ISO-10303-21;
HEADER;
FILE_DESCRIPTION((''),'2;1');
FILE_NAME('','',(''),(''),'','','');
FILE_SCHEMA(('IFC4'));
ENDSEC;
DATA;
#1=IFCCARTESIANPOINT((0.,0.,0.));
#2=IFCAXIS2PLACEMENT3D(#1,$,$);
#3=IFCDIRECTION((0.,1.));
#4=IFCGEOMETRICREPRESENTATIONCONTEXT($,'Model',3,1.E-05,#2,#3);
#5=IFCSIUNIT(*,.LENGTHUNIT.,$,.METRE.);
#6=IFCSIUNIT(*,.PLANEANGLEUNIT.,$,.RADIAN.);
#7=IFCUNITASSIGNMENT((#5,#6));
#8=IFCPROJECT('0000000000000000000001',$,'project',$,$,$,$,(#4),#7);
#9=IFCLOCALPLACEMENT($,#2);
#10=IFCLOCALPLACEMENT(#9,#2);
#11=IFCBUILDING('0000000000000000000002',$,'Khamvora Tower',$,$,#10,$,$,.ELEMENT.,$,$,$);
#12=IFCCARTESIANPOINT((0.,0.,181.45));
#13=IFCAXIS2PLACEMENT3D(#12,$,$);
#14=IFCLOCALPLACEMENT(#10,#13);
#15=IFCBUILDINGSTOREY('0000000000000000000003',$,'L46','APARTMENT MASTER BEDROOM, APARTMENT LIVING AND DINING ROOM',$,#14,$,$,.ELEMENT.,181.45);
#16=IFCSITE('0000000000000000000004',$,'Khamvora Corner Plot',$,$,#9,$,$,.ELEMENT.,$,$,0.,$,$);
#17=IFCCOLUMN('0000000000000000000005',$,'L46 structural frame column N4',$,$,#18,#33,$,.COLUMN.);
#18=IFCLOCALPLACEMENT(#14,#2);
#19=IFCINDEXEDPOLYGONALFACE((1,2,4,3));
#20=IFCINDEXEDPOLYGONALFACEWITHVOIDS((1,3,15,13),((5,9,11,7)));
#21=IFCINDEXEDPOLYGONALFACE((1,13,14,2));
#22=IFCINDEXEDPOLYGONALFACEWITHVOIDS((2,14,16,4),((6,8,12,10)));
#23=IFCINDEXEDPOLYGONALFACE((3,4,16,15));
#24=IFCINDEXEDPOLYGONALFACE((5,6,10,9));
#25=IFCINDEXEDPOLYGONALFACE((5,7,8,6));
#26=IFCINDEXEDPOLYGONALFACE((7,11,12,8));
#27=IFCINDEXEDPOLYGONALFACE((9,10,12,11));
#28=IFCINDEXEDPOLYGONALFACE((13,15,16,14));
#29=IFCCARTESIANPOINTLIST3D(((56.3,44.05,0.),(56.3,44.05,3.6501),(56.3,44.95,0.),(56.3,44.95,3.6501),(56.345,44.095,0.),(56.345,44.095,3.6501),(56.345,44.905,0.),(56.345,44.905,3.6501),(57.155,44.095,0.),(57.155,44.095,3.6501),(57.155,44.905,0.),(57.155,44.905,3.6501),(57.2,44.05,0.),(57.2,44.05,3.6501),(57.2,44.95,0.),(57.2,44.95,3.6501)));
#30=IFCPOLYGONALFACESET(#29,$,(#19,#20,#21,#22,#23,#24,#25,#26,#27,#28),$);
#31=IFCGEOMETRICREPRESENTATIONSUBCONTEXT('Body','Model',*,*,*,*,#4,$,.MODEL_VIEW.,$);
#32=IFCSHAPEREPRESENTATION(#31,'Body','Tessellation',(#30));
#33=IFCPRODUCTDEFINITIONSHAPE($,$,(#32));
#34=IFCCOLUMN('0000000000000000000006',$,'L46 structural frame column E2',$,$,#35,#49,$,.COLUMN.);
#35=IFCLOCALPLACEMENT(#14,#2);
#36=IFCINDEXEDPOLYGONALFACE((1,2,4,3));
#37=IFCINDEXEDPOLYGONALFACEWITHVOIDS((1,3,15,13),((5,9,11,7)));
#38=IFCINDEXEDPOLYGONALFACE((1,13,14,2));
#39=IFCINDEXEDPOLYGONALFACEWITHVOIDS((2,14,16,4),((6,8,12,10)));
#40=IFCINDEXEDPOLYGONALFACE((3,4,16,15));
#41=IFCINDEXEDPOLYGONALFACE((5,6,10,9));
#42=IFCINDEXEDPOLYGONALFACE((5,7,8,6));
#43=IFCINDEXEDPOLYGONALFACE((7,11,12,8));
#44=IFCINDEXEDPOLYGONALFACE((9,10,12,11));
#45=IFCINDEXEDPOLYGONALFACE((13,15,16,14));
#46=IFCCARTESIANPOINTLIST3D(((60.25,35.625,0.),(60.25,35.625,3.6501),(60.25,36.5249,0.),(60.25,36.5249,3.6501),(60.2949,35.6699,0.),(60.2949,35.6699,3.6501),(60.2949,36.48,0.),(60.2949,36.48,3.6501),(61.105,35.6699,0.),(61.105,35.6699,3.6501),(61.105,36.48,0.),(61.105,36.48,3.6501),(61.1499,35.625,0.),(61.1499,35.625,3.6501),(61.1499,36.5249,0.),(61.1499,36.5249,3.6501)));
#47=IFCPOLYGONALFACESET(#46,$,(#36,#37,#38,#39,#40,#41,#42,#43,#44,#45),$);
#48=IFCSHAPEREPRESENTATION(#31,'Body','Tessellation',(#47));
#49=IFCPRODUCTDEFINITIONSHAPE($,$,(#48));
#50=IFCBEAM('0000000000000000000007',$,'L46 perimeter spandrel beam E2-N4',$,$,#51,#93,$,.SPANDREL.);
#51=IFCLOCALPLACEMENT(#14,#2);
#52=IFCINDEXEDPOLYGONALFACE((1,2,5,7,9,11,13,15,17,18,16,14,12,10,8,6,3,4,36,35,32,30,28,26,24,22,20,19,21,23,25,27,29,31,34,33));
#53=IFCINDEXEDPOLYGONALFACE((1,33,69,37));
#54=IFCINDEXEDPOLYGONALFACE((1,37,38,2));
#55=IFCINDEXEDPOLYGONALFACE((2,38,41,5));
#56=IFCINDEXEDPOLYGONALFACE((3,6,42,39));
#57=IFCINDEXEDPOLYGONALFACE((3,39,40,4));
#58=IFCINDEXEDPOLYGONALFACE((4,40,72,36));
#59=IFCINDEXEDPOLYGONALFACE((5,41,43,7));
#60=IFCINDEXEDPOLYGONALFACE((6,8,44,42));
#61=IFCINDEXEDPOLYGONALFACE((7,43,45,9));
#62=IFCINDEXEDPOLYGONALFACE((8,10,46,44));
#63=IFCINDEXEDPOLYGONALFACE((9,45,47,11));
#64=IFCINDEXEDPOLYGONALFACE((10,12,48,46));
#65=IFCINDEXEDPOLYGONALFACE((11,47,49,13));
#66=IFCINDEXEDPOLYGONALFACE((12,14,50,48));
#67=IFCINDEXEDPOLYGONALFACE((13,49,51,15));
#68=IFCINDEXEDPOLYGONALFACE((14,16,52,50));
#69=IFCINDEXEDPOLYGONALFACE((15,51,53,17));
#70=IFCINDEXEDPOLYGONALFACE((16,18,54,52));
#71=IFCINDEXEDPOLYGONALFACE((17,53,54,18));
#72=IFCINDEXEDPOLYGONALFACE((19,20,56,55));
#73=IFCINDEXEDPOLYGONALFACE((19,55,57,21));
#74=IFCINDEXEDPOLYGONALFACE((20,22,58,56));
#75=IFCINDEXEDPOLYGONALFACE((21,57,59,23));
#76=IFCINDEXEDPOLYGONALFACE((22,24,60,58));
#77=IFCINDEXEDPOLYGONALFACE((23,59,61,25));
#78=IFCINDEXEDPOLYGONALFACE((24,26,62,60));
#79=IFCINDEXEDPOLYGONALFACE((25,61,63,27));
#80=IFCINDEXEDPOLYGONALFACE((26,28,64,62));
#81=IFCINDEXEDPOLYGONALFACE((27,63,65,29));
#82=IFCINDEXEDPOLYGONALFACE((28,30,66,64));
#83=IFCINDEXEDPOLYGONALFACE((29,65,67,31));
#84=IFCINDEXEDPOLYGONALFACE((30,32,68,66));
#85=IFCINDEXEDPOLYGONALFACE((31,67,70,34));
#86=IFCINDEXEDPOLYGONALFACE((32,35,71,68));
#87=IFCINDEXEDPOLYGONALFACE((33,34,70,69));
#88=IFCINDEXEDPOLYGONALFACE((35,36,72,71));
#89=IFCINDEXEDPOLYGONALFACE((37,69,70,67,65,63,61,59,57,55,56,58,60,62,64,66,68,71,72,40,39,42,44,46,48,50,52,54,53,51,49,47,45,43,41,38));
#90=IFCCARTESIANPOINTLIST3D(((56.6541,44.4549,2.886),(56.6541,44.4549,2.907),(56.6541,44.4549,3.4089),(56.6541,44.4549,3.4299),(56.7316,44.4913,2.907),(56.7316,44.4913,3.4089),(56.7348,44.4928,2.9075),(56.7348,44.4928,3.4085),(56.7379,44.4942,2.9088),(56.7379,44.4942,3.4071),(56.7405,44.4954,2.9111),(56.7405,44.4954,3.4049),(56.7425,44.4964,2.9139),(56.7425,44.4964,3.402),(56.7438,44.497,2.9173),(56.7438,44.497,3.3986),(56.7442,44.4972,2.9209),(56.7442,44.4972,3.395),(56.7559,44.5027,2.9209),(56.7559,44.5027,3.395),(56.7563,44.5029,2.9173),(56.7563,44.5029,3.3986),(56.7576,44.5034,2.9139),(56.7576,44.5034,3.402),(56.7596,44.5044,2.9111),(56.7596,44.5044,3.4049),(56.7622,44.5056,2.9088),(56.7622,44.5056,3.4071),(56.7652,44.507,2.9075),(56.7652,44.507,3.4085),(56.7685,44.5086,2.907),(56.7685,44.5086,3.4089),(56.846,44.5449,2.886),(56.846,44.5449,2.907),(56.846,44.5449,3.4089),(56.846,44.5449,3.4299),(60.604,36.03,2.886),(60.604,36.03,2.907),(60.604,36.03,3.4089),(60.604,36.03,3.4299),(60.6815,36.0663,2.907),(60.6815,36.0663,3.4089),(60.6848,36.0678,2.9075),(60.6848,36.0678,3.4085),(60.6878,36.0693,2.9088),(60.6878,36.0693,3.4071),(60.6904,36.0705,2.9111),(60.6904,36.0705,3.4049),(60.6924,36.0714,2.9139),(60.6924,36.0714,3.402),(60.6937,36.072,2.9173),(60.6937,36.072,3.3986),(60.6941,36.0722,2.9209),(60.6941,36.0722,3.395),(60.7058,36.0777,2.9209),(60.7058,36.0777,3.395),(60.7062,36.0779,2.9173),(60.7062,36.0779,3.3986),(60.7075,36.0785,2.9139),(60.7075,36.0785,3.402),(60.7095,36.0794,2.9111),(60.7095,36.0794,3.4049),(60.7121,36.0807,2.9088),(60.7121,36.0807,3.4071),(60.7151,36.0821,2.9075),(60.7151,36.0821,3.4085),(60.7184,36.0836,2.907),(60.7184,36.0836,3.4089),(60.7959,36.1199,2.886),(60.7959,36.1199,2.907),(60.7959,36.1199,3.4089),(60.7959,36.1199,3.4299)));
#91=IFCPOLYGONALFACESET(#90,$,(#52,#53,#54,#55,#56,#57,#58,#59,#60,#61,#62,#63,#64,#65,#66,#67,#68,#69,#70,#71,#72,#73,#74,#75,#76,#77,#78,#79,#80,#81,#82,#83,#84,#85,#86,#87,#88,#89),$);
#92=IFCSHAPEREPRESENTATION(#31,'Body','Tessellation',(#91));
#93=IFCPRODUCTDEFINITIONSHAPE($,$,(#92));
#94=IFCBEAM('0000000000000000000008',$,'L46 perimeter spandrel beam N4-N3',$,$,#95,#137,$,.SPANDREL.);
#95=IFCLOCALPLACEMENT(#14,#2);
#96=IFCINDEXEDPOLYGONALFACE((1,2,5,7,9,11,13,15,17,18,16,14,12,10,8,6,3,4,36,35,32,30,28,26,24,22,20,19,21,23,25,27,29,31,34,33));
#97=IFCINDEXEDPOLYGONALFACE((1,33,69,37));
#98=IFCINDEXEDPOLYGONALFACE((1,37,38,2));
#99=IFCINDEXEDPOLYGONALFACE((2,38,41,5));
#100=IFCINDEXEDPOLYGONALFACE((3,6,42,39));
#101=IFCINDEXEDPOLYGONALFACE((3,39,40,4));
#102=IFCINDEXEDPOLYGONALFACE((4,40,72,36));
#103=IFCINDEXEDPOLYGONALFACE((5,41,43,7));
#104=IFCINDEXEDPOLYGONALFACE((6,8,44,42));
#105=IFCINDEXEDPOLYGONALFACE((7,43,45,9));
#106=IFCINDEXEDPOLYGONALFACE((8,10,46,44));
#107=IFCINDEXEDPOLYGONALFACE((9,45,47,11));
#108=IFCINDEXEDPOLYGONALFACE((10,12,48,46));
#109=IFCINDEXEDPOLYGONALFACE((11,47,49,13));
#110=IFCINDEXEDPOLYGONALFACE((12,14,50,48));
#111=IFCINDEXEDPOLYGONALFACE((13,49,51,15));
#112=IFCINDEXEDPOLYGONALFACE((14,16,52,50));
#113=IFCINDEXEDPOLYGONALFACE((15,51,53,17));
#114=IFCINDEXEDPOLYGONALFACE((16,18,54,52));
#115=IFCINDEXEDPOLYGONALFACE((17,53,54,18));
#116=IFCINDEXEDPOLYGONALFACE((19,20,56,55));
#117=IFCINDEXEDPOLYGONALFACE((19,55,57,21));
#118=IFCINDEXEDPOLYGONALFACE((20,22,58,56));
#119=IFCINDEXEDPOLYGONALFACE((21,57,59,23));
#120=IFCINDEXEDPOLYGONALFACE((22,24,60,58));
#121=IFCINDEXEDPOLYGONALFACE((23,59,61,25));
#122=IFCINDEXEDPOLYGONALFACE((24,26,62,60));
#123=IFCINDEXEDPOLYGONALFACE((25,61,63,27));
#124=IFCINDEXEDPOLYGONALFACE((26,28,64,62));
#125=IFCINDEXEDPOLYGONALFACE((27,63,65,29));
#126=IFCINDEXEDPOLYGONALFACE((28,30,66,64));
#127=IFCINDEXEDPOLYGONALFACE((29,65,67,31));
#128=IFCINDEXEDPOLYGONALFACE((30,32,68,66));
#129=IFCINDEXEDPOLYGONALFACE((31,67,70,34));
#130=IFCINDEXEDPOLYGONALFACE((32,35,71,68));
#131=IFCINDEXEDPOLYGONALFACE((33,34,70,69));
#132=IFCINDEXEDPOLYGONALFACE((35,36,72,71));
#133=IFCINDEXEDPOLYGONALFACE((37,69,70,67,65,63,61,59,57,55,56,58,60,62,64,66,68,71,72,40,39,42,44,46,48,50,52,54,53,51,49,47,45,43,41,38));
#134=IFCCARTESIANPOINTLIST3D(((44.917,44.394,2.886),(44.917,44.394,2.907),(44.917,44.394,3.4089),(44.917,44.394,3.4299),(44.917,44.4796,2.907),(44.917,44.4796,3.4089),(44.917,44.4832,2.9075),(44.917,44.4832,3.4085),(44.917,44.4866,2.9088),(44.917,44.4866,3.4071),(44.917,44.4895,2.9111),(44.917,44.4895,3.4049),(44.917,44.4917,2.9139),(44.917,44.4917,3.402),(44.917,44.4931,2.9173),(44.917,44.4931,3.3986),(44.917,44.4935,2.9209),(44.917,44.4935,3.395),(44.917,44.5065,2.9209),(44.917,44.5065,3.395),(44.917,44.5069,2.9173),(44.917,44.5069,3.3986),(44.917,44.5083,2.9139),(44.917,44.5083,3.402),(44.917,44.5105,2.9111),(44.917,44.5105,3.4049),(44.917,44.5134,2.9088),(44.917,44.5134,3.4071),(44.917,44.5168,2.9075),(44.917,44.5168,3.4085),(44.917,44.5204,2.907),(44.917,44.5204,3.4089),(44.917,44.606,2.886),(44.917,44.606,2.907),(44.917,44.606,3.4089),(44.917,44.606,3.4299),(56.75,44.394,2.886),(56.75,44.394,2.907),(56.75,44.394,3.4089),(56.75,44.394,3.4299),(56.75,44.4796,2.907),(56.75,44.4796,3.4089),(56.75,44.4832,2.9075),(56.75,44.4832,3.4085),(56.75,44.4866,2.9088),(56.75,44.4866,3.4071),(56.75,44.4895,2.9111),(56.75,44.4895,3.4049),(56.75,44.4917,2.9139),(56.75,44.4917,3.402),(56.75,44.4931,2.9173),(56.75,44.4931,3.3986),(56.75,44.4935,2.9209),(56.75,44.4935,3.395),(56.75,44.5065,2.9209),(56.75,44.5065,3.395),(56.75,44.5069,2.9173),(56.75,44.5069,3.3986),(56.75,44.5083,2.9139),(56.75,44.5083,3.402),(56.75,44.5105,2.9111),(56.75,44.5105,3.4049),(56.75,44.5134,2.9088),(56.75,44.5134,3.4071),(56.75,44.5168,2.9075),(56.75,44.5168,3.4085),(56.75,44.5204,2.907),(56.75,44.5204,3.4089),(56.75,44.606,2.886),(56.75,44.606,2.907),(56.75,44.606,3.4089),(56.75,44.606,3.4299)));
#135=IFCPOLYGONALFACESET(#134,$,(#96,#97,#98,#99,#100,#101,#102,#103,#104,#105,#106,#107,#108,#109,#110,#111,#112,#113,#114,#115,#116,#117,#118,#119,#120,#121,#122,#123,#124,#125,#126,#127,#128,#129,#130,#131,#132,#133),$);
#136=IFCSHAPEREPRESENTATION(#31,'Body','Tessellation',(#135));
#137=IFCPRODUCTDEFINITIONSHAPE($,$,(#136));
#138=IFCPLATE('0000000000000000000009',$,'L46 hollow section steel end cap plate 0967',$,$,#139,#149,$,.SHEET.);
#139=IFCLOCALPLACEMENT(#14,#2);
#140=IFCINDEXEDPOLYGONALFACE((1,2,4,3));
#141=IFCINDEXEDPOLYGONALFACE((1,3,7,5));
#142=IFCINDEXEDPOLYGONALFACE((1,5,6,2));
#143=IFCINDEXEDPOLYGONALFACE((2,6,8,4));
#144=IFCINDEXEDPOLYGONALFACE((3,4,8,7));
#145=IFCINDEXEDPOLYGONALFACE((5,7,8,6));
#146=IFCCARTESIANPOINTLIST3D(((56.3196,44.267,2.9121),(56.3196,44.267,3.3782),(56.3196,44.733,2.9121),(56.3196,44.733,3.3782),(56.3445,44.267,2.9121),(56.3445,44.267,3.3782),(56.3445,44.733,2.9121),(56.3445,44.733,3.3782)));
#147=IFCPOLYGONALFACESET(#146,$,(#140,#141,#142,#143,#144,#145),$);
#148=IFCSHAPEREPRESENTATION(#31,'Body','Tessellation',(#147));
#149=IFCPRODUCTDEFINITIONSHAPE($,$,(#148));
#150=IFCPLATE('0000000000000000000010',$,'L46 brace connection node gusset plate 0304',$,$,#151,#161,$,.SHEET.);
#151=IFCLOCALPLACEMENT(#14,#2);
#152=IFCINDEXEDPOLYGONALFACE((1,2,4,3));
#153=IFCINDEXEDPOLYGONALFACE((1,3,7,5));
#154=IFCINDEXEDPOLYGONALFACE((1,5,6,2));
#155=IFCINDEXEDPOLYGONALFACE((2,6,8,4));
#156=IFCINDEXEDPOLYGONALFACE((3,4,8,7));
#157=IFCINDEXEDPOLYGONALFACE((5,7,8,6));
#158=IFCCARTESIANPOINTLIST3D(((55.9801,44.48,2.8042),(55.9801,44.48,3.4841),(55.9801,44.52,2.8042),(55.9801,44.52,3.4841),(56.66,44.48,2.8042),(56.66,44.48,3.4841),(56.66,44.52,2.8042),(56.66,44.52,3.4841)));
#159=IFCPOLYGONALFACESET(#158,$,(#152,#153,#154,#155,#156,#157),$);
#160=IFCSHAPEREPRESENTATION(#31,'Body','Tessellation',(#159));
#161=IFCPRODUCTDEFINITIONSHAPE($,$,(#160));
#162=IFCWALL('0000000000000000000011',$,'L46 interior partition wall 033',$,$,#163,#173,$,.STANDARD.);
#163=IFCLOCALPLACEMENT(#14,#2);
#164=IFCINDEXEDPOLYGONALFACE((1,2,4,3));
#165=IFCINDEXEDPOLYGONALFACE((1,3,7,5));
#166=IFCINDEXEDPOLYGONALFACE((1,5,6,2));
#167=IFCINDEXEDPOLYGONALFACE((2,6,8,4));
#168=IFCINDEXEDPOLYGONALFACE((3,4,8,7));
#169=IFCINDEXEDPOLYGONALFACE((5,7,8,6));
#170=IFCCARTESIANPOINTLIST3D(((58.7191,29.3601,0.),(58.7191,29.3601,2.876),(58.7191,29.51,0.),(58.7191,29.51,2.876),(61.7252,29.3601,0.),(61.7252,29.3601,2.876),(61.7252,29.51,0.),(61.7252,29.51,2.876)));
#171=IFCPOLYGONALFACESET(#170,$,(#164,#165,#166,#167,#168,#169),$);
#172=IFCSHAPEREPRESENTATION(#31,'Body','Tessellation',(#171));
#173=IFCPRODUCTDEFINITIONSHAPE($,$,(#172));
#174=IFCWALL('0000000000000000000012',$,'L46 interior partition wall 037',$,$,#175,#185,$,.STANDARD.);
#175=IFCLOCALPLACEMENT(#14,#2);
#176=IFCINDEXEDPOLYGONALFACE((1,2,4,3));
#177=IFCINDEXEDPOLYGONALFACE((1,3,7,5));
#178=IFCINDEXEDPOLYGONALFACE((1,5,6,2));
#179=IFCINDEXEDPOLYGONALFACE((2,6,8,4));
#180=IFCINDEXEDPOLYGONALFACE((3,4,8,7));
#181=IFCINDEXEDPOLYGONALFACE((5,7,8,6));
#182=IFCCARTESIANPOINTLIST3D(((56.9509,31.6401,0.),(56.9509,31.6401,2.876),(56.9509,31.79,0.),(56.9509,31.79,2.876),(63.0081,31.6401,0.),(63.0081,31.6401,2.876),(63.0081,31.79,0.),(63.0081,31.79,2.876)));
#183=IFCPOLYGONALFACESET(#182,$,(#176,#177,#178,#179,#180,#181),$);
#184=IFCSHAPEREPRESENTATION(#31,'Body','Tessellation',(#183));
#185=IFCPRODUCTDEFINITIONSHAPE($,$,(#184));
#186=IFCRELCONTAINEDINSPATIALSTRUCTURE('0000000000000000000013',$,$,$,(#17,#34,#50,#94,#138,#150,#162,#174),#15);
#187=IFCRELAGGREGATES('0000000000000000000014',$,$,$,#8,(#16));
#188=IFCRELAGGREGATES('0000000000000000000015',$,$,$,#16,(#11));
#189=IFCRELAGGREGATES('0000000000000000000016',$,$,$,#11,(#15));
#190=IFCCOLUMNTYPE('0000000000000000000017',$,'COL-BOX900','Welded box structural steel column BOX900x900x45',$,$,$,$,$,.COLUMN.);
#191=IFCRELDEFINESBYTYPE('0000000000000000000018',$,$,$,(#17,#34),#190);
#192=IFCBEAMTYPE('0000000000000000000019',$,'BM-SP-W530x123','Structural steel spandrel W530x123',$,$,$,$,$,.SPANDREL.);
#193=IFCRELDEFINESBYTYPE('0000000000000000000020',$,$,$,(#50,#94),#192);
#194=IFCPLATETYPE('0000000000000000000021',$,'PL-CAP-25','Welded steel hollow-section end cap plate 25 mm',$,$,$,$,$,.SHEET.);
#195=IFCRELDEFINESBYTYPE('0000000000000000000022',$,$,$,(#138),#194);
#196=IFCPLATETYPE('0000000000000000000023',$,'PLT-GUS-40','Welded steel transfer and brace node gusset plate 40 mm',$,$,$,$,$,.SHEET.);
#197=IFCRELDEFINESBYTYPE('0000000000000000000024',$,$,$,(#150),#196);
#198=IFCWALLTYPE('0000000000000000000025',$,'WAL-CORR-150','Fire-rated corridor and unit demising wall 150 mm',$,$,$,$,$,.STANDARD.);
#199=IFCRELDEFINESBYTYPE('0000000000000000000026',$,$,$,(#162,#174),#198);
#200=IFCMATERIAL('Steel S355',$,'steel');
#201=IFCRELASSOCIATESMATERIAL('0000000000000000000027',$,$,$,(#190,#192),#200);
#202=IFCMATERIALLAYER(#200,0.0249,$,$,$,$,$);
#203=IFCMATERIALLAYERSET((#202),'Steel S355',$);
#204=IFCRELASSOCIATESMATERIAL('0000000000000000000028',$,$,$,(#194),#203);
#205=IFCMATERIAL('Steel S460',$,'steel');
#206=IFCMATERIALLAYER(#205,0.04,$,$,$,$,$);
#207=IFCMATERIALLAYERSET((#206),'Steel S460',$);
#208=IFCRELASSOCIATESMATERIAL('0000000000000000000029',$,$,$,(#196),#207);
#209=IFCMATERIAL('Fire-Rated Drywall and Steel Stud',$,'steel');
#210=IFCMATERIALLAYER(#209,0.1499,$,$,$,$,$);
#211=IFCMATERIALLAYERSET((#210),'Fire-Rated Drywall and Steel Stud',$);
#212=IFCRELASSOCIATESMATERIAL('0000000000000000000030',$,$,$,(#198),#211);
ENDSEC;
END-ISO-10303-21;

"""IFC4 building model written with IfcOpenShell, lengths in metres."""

from ifc_helpers import new_model, si_unit, direction, frame, frame_2d, origin, origin_2d, place, context, subcontext, project, spatial, rectangle, hollow_rectangle, i_section, extrude, material, layer, layer_set, material_profile, profile_set, type_object, element, save


model = new_model("IFC4")

# Units and contexts
model_context = context("Model", 3, precision=1e-05, world=origin(), true_north=direction((0.0, 1.0)))
body_context = subcontext(model_context, "Body", "Model", "MODEL_VIEW")
ifc_project = project(units=[si_unit("LENGTHUNIT", "METRE"), si_unit("PLANEANGLEUNIT", "RADIAN")], contexts=[model_context])

# Site, building, storey
site_placement = place(None, origin())
site = spatial("IfcSite", under=ifc_project, at=site_placement, Name="Khamvora Corner Plot", CompositionType="ELEMENT", RefElevation=0.0)
building_placement = place(site_placement, origin())
building = spatial("IfcBuilding", under=site, at=building_placement, Name="Khamvora Tower", CompositionType="ELEMENT")
storey_placement = place(building_placement, frame((0.0, 0.0, 181.45)))
storey = spatial("IfcBuildingStorey", under=building, at=storey_placement, Name="L46", Description="APARTMENT MASTER BEDROOM, APARTMENT LIVING AND DINING ROOM", CompositionType="ELEMENT", Elevation=181.45)

# Columns
ifc_material_1 = material(Name="Steel S355", Category="steel")
ifc_material_profile_1 = material_profile(ifc_material_1, hollow_rectangle(XDim=0.8999, YDim=0.8999, WallThickness=0.0449, at=origin_2d()), Name="BOX900x900x45")
ifc_profile_set_1 = profile_set([ifc_material_profile_1], Name="Steel S355")
column_type = type_object("IfcColumnType", Name="COL-BOX900", Description="Welded box structural steel column BOX900x900x45", PredefinedType="COLUMN", material=ifc_profile_set_1)
for number, where, z_axis, x_axis, name in (
    (1, (56.75, 44.5, 0.0), (0.0, 0.0, 1.0), (1.0, 0.0, 0.0), "L46 structural frame column N4"),
    (2, (60.7, 36.075, 0.0), (0.0, 0.0, 1.0), (1.0, 0.0, 0.0), "L46 structural frame column E2"),
):
    element("IfcColumn", number, at=place(storey_placement, frame(where, z_axis=z_axis, x_axis=x_axis)), inside=storey, type_object=column_type, Name=name, PredefinedType="COLUMN", context=body_context, shape_type="SweptSolid", body=[
        extrude(hollow_rectangle(XDim=0.8999, YDim=0.8999, WallThickness=0.0449, at=origin_2d()), origin(), (0.0, 0.0, 1.0), 3.6501),
    ])

# Beams
ifc_material_profile_2 = material_profile(ifc_material_1, i_section(OverallWidth=0.2119, OverallDepth=0.5439, WebThickness=0.0129, FlangeThickness=0.021, FilletRadius=0.0139, at=origin_2d()), Name="W530x123")
ifc_profile_set_2 = profile_set([ifc_material_profile_2], Name="Steel S355")
beam_type = type_object("IfcBeamType", Name="BM-SP-W530x123", Description="Structural steel spandrel W530x123", PredefinedType="SPANDREL", material=ifc_profile_set_2)
beam_1_placement = place(storey_placement, frame((60.7, 36.075, 3.158), z_axis=(-0.424496, 0.90543, 0.0), x_axis=(-0.90543, -0.424496, 0.0)))
element("IfcBeam", 3, at=beam_1_placement, inside=storey, type_object=beam_type, Name="L46 perimeter spandrel beam E2-N4", PredefinedType="SPANDREL", context=body_context, shape_type="SweptSolid", body=[
    extrude(i_section(OverallWidth=0.2119, OverallDepth=0.5439, WebThickness=0.0129, FlangeThickness=0.021, FilletRadius=0.0139, at=origin_2d()), origin(), (0.0, 0.0, 1.0), 9.3049),
])
beam_2_placement = place(storey_placement, frame((56.75, 44.5, 3.158), z_axis=(-1.0, 0.0, 0.0), x_axis=(0.0, -1.0, 0.0)))
element("IfcBeam", 4, at=beam_2_placement, inside=storey, type_object=beam_type, Name="L46 perimeter spandrel beam N4-N3", PredefinedType="SPANDREL", context=body_context, shape_type="SweptSolid", body=[
    extrude(i_section(OverallWidth=0.2119, OverallDepth=0.5439, WebThickness=0.0129, FlangeThickness=0.021, FilletRadius=0.0139, at=origin_2d()), origin(), (0.0, 0.0, 1.0), 11.833),
])

# Plates
ifc_layer_1 = layer(ifc_material_1, 0.0249)
ifc_layer_set_1 = layer_set([ifc_layer_1], Name="Steel S355")
plate_type_1 = type_object("IfcPlateType", Name="PL-CAP-25", Description="Welded steel hollow-section end cap plate 25 mm", PredefinedType="SHEET", material=ifc_layer_set_1)
plate_1_placement = place(storey_placement, frame((56.332, 44.5, 2.9121), z_axis=(0.0, 0.0, 1.0), x_axis=(1.0, 0.0, 0.0)))
element("IfcPlate", 5, at=plate_1_placement, inside=storey, type_object=plate_type_1, Name="L46 hollow section steel end cap plate 0967", PredefinedType="SHEET", context=body_context, shape_type="SweptSolid", body=[
    extrude(rectangle(XDim=0.0249, YDim=0.4661, at=origin_2d()), origin(), (0.0, 0.0, 1.0), 0.4661),
])
ifc_material_2 = material(Name="Steel S460", Category="steel")
ifc_layer_2 = layer(ifc_material_2, 0.04)
ifc_layer_set_2 = layer_set([ifc_layer_2], Name="Steel S460")
plate_type_2 = type_object("IfcPlateType", Name="PLT-GUS-40", Description="Welded steel transfer and brace node gusset plate 40 mm", PredefinedType="SHEET", material=ifc_layer_set_2)
plate_2_placement = place(storey_placement, frame((56.3201, 44.5, 2.8042), z_axis=(0.0, 0.0, 1.0), x_axis=(1.0, 0.0, 0.0)))
element("IfcPlate", 6, at=plate_2_placement, inside=storey, type_object=plate_type_2, Name="L46 brace connection node gusset plate 0304", PredefinedType="SHEET", context=body_context, shape_type="SweptSolid", body=[
    extrude(rectangle(XDim=0.6799, YDim=0.04, at=origin_2d()), origin(), (0.0, 0.0, 1.0), 0.6799),
])

# Shared definitions
ifc_material_3 = material(Name="Fire-Rated Drywall and Steel Stud", Category="steel")
ifc_layer_3 = layer(ifc_material_3, 0.1499)
ifc_layer_set_3 = layer_set([ifc_layer_3], Name="Fire-Rated Drywall and Steel Stud")
wall_type_1 = type_object("IfcWallType", Name="WAL-CORR-150", Description="Fire-rated corridor and unit demising wall 150 mm", PredefinedType="STANDARD", material=ifc_layer_set_3)

# Walls
wall_1_placement = place(storey_placement, frame((61.7251, 29.4351, 0.0), z_axis=(0.0, 0.0, 1.0), x_axis=(-1.0, 0.0, 0.0)))
element("IfcWall", 7, at=wall_1_placement, inside=storey, type_object=wall_type_1, Name="L46 interior partition wall 033", PredefinedType="STANDARD", context=body_context, shape_type="SweptSolid", body=[
    extrude(rectangle(XDim=3.0061, YDim=0.1499, at=frame_2d((1.5029, 0.0))), origin(), (0.0, 0.0, 1.0), 2.876),
])
wall_2_placement = place(storey_placement, frame((56.9509, 31.7151, 0.0), z_axis=(0.0, 0.0, 1.0), x_axis=(1.0, 0.0, 0.0)))
element("IfcWall", 8, at=wall_2_placement, inside=storey, type_object=wall_type_1, Name="L46 interior partition wall 037", PredefinedType="STANDARD", context=body_context, shape_type="SweptSolid", body=[
    extrude(rectangle(XDim=6.0571, YDim=0.1499, at=frame_2d((3.0286, 0.0))), origin(), (0.0, 0.0, 1.0), 2.876),
])

save(model, "model.ifc")
